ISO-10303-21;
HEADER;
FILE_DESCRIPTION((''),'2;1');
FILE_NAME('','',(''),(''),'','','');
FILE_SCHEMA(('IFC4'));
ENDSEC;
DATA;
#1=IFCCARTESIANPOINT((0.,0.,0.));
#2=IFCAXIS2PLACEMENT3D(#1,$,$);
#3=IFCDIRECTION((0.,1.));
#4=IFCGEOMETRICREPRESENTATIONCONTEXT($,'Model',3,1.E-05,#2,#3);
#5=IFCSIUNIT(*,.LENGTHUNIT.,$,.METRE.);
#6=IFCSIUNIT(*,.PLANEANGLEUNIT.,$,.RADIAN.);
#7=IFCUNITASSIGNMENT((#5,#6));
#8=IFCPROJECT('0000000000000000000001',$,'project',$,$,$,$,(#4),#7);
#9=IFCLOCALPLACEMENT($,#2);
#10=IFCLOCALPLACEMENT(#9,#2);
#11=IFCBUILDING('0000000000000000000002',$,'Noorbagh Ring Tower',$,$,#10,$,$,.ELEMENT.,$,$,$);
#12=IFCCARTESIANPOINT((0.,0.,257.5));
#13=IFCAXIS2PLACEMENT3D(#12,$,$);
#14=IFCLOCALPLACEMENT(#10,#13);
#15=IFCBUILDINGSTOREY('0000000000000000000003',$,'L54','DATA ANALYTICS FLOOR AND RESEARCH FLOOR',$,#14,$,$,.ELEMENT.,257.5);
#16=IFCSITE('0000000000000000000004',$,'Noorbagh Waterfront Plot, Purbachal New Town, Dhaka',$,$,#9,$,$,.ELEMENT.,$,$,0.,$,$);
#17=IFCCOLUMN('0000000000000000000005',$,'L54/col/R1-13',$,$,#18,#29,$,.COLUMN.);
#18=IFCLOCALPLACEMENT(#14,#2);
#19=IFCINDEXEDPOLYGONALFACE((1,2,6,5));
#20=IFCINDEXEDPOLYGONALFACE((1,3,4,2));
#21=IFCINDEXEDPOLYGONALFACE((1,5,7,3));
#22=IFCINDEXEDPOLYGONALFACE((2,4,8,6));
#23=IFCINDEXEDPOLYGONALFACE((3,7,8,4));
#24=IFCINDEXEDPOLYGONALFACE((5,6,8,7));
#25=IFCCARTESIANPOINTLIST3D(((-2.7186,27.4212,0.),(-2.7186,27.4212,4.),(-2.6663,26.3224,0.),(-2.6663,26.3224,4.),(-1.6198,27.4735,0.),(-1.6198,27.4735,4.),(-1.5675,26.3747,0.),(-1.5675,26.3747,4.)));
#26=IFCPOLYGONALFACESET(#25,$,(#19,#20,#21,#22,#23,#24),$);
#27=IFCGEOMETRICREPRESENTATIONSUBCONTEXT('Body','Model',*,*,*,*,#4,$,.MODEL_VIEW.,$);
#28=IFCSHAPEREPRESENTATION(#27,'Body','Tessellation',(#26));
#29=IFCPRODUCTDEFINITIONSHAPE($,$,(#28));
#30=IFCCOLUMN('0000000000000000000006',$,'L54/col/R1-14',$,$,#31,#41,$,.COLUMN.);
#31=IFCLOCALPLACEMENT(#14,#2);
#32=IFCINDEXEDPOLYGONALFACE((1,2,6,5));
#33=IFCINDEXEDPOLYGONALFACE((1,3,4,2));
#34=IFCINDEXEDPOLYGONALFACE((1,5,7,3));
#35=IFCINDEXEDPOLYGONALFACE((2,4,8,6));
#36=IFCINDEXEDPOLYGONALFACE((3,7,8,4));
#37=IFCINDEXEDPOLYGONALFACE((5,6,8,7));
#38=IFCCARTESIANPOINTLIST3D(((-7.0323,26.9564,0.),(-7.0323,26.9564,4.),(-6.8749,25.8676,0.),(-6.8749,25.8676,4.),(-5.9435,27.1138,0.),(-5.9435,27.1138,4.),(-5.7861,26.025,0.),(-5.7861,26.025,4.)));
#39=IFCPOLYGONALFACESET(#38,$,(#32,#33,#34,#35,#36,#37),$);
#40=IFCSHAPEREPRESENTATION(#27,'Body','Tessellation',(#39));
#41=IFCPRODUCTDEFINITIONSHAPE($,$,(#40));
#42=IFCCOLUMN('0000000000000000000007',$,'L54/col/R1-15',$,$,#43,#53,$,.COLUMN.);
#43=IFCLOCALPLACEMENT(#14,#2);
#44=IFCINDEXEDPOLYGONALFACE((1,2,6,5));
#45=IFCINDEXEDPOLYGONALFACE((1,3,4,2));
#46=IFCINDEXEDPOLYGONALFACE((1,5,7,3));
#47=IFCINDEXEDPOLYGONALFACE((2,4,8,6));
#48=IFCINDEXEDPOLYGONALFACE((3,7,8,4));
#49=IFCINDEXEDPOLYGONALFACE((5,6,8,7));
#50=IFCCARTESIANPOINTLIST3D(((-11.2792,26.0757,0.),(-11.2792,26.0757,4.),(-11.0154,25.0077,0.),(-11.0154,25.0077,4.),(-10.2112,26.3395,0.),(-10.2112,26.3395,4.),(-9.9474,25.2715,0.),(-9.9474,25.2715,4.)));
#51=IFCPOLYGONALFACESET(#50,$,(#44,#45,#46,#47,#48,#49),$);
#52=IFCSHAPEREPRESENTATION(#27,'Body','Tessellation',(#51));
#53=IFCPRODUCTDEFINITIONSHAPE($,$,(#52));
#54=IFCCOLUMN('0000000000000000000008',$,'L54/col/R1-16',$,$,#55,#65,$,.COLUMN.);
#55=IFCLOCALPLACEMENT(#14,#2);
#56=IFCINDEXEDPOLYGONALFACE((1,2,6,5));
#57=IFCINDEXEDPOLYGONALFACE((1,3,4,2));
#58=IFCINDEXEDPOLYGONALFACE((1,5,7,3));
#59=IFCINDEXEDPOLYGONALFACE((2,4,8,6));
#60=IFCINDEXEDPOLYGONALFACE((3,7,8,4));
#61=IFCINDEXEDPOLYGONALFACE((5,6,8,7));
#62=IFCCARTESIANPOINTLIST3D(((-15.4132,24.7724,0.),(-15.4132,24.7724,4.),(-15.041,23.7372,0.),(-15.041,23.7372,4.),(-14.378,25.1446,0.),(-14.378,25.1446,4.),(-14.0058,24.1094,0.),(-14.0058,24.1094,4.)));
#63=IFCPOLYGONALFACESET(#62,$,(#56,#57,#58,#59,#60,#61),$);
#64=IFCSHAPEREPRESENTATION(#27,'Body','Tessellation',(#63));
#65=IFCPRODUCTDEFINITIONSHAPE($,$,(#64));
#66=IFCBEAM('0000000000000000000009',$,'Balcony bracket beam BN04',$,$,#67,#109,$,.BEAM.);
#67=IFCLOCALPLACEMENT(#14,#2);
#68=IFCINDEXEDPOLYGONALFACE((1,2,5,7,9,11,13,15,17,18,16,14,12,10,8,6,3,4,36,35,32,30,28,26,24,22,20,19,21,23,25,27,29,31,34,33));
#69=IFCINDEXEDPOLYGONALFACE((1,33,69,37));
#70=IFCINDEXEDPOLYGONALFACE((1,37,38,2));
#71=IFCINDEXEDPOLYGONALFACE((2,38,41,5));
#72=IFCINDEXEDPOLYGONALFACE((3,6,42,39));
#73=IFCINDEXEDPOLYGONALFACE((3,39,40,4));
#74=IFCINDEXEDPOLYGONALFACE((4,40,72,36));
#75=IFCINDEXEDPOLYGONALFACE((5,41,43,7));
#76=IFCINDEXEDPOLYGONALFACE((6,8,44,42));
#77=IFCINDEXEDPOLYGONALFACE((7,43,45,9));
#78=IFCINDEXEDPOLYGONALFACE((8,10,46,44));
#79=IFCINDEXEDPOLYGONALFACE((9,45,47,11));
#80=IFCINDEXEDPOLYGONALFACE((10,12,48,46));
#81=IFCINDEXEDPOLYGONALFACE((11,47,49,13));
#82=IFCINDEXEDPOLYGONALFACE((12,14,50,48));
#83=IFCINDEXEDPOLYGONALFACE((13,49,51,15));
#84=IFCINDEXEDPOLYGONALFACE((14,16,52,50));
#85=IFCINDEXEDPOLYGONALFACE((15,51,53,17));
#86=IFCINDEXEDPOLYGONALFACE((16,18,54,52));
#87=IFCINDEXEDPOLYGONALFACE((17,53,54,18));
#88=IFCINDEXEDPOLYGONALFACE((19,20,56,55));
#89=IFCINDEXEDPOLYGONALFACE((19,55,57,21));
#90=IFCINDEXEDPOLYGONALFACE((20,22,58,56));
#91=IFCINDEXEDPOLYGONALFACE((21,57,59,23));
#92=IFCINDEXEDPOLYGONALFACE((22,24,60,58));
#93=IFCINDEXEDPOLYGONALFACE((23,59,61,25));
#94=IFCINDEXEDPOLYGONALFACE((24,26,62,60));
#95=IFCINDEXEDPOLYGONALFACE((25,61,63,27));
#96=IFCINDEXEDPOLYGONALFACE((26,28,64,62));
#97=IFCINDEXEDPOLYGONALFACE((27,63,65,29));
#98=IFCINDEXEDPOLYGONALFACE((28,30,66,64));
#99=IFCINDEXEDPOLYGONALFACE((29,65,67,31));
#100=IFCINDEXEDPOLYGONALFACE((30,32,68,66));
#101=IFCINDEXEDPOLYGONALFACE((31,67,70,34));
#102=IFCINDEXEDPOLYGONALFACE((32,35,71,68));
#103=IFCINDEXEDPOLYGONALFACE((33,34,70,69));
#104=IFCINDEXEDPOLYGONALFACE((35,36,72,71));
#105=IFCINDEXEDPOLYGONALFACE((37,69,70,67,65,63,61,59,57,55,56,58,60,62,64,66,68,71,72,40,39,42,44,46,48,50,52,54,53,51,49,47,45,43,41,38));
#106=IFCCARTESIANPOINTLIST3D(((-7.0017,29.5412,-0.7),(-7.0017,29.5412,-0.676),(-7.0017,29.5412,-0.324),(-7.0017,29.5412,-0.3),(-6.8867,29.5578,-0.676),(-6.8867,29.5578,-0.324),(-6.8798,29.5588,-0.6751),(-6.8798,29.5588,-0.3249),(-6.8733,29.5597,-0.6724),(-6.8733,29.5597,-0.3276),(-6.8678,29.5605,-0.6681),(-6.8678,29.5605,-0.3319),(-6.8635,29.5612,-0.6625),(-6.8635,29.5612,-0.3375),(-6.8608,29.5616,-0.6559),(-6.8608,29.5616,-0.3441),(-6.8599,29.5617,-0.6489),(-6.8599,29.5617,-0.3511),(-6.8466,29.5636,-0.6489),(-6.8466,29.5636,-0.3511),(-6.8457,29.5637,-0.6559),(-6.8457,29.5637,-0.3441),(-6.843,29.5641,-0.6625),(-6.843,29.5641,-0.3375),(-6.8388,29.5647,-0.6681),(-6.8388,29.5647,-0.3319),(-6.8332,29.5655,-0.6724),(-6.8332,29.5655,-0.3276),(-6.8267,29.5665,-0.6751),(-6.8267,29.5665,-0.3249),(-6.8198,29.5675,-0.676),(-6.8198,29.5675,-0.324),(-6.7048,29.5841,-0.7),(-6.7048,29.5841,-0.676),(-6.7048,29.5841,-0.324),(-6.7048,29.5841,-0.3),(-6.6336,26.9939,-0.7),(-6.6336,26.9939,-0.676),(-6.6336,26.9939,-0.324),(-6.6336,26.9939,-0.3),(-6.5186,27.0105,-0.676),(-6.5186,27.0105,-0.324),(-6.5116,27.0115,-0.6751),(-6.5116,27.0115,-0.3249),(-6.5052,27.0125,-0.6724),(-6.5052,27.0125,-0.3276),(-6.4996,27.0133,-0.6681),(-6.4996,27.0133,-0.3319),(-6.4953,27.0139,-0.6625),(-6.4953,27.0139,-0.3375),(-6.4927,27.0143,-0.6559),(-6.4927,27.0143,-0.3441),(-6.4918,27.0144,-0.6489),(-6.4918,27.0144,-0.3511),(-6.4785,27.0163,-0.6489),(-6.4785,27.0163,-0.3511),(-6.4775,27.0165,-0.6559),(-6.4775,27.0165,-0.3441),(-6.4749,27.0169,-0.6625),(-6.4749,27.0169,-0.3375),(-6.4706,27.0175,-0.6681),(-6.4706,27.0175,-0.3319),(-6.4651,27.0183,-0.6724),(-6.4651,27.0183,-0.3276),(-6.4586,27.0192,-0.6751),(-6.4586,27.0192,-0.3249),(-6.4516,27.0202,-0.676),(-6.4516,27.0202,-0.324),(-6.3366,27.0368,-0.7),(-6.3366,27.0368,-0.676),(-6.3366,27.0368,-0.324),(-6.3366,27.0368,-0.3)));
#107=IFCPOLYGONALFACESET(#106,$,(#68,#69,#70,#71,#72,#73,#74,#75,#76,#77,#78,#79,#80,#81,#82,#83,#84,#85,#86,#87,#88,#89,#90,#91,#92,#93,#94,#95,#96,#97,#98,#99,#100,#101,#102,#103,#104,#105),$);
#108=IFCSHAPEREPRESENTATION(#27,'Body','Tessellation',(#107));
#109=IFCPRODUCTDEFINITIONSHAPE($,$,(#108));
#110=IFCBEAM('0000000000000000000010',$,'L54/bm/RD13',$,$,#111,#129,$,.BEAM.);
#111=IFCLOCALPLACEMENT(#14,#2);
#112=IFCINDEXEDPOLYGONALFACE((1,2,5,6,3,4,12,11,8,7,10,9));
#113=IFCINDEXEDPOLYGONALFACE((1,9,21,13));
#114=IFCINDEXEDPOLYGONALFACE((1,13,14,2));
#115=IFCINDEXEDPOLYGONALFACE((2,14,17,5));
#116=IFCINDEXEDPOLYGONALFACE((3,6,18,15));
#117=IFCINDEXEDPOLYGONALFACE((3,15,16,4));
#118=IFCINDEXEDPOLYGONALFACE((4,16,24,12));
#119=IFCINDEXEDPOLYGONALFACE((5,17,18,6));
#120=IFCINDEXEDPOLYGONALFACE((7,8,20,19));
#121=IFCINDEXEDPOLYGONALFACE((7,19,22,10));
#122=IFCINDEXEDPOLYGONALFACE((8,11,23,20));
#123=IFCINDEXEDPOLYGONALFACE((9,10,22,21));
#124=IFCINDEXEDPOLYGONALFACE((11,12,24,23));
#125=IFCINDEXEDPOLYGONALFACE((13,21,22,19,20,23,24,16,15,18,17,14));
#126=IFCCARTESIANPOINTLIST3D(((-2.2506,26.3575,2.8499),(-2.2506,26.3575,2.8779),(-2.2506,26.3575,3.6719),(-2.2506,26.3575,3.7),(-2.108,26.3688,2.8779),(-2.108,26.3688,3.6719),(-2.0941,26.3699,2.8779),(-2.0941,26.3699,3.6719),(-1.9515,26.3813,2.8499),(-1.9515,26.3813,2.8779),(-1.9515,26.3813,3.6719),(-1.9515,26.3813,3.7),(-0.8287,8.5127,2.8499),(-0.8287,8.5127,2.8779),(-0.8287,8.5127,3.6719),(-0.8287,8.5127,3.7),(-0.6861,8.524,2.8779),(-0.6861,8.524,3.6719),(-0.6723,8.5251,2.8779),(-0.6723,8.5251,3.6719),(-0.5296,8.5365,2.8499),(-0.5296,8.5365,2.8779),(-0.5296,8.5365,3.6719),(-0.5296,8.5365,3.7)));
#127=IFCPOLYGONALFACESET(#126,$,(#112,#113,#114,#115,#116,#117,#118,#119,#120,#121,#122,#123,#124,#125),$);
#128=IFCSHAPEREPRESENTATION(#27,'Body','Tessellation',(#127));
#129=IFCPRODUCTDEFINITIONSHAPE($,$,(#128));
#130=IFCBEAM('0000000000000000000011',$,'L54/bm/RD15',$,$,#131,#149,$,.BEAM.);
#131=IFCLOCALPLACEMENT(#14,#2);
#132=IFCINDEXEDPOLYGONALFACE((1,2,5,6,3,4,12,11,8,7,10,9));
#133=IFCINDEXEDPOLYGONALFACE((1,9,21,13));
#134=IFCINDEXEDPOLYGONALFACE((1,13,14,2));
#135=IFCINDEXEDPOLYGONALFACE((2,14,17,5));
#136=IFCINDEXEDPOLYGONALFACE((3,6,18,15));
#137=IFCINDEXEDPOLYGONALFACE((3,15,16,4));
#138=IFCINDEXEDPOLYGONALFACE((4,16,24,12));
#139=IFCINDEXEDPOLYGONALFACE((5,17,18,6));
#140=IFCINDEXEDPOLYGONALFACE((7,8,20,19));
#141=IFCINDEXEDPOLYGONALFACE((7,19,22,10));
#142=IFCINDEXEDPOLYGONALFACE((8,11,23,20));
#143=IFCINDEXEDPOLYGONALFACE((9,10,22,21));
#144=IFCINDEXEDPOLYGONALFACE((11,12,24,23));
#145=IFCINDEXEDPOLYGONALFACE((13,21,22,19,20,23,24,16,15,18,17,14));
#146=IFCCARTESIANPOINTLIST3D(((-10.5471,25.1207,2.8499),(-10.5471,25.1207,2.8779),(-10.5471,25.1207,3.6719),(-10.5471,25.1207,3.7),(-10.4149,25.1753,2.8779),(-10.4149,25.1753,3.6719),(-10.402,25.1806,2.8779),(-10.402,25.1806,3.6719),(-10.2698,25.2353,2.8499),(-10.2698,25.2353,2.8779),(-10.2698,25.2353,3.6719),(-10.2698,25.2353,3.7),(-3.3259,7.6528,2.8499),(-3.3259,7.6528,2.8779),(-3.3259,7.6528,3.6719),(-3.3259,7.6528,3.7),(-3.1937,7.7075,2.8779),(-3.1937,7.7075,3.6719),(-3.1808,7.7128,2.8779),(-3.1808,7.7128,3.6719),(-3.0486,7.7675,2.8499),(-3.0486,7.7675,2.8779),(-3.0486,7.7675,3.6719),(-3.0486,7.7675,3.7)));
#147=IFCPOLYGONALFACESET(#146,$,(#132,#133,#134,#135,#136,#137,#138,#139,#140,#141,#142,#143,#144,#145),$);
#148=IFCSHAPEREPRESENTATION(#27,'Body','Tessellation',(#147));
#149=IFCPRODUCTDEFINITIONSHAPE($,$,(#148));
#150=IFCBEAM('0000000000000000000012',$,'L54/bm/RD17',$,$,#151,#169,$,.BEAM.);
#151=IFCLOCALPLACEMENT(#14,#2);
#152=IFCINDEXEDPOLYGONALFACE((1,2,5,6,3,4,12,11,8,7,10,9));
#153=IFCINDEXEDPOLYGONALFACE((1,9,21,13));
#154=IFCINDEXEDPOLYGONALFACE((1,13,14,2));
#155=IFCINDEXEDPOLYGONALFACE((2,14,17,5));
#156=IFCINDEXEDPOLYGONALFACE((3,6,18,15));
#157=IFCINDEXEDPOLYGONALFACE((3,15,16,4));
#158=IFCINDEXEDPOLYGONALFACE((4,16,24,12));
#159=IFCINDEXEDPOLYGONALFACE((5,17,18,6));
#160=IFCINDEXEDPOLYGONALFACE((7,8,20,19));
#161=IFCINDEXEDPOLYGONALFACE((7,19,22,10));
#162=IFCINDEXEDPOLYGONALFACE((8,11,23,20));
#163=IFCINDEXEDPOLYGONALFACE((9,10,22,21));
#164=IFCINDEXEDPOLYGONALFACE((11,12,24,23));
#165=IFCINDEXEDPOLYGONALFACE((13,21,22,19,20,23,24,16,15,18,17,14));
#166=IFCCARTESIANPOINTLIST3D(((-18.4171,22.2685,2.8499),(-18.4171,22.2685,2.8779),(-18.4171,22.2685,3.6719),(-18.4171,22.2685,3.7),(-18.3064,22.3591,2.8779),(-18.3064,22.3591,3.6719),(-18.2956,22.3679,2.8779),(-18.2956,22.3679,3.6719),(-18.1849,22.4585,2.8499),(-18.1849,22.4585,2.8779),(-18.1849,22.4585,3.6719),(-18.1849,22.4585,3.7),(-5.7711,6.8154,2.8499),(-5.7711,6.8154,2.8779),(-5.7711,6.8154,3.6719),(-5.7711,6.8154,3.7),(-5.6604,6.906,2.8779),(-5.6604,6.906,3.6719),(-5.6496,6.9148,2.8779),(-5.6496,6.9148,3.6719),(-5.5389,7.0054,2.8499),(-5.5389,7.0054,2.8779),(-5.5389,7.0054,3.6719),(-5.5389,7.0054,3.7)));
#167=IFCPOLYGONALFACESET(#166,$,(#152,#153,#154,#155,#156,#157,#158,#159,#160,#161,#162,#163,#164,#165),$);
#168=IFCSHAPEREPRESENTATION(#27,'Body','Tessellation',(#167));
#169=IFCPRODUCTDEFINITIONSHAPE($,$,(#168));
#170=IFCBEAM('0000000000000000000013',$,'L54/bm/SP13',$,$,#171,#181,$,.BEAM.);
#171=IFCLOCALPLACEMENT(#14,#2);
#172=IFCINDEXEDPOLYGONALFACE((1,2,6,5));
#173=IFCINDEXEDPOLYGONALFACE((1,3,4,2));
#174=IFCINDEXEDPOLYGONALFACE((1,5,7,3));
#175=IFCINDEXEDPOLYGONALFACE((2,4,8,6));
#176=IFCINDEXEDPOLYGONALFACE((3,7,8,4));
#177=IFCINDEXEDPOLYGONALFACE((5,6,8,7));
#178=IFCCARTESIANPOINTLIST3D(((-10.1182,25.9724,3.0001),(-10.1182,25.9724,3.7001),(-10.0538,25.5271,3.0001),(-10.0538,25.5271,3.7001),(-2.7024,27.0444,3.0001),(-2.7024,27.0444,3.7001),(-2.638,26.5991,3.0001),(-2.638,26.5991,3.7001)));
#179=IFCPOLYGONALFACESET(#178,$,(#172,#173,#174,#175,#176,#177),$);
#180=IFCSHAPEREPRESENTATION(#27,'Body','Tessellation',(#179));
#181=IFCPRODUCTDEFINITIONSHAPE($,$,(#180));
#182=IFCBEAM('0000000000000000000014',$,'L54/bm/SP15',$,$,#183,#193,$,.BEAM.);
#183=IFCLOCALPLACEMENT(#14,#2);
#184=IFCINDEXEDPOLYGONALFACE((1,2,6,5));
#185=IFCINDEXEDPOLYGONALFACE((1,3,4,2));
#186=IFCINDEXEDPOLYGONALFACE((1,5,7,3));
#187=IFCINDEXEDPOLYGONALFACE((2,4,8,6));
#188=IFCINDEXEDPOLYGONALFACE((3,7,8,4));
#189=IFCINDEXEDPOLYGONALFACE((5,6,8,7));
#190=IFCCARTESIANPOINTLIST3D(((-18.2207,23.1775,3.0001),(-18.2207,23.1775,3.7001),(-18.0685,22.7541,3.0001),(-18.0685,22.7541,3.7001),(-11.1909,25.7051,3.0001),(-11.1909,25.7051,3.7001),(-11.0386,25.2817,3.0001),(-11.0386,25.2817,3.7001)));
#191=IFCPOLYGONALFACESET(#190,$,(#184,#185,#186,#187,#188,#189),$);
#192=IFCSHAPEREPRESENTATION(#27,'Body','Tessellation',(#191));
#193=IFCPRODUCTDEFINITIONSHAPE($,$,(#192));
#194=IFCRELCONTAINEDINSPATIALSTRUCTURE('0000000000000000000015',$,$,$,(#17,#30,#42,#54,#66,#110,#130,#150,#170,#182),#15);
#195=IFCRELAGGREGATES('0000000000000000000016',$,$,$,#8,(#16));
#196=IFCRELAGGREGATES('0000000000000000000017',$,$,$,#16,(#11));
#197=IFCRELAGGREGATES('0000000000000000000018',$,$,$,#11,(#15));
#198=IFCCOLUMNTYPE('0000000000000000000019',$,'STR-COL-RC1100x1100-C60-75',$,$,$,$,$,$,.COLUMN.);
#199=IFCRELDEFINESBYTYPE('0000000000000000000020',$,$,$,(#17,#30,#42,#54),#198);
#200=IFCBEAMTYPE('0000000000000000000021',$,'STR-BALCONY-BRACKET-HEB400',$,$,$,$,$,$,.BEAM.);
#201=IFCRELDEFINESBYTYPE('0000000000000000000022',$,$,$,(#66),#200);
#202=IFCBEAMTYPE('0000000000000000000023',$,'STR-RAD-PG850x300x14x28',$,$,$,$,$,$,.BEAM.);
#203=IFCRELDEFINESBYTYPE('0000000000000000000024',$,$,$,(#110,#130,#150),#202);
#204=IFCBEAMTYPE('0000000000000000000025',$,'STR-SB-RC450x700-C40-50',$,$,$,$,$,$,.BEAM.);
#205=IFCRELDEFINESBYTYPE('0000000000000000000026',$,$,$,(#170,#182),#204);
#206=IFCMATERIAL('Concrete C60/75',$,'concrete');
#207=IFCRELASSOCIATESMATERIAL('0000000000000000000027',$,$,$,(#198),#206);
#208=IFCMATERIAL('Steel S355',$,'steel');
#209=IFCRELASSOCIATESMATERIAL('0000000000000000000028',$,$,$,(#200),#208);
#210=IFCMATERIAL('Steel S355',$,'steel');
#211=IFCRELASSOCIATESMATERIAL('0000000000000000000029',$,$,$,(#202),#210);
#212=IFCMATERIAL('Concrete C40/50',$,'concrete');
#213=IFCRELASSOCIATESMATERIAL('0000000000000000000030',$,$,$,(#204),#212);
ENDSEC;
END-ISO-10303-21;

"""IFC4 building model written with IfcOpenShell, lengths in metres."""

from ifc_helpers import new_model, si_unit, direction, frame, origin, origin_2d, place, context, subcontext, project, spatial, rectangle, i_section, extrude, material, material_profile, profile_set, type_object, element, save


model = new_model("IFC4")

# Units and contexts
model_context = context("Model", 3, precision=1e-05, world=origin(), true_north=direction((0.0, 1.0)))
body_context = subcontext(model_context, "Body", "Model", "MODEL_VIEW")
ifc_project = project(units=[si_unit("LENGTHUNIT", "METRE"), si_unit("PLANEANGLEUNIT", "RADIAN")], contexts=[model_context])

# Site, building, storey
site_placement = place(None, origin())
site = spatial("IfcSite", under=ifc_project, at=site_placement, Name="Noorbagh Waterfront Plot, Purbachal New Town, Dhaka", CompositionType="ELEMENT", RefElevation=0.0)
building_placement = place(site_placement, origin())
building = spatial("IfcBuilding", under=site, at=building_placement, Name="Noorbagh Ring Tower", CompositionType="ELEMENT")
storey_placement = place(building_placement, frame((0.0, 0.0, 257.5)))
storey = spatial("IfcBuildingStorey", under=building, at=storey_placement, Name="L54", Description="DATA ANALYTICS FLOOR AND RESEARCH FLOOR", CompositionType="ELEMENT", Elevation=257.5)

# Columns
ifc_material_1 = material(Name="Concrete C60/75", Category="concrete")
ifc_material_profile_1 = material_profile(ifc_material_1, rectangle(XDim=1.1001, YDim=1.1001, at=origin_2d()), Name="RC1100x1100")
ifc_profile_set_1 = profile_set([ifc_material_profile_1], Name="Concrete C60/75")
column_type = type_object("IfcColumnType", Name="STR-COL-RC1100x1100-C60-75", PredefinedType="COLUMN", material=ifc_profile_set_1)
for number, where, z_axis, x_axis, name in (
    (1, (-2.1431, 26.8979, 0.0), (0.0, 0.0, 1.0), (-0.998869, -0.047553, 0.0), "L54/col/R1-13"),
    (2, (-6.4092, 26.4907, 0.0), (0.0, 0.0, 1.0), (-0.989713, -0.143066, 0.0), "L54/col/R1-14"),
    (3, (-10.6133, 25.6736, 0.0), (0.0, 0.0, 1.0), (-0.970829, -0.239771, 0.0), "L54/col/R1-15"),
    (4, (-14.7095, 24.4409, 0.0), (0.0, 0.0, 1.0), (-0.941025, -0.338338, 0.0), "L54/col/R1-16"),
):
    element("IfcColumn", number, at=place(storey_placement, frame(where, z_axis=z_axis, x_axis=x_axis)), inside=storey, type_object=column_type, Name=name, PredefinedType="COLUMN", context=body_context, shape_type="SweptSolid", body=[
        extrude(rectangle(XDim=1.1001, YDim=1.1001, at=origin_2d()), origin(), (0.0, 0.0, 1.0), 4.0),
    ])

# Beams
ifc_material_2 = material(Name="Steel S355", Category="steel")
ifc_material_profile_2 = material_profile(ifc_material_2, i_section(OverallWidth=0.3, OverallDepth=0.3999, WebThickness=0.0134, FlangeThickness=0.0239, FilletRadius=0.0271, at=origin_2d()), Name="HEB400")
ifc_profile_set_2 = profile_set([ifc_material_profile_2], Name="Steel S355")
beam_type_1 = type_object("IfcBeamType", Name="STR-BALCONY-BRACKET-HEB400", PredefinedType="BEAM", material=ifc_profile_set_2)
beam_1_placement = place(storey_placement, frame((-6.4851, 27.0154, -0.5), z_axis=(-0.143041, 0.989717, 0.0), x_axis=(-0.989717, -0.143041, 0.0)))
element("IfcBeam", 5, at=beam_1_placement, inside=storey, type_object=beam_type_1, Name="Balcony bracket beam BN04", PredefinedType="BEAM", context=body_context, shape_type="SweptSolid", body=[
    extrude(i_section(OverallWidth=0.3, OverallDepth=0.3999, WebThickness=0.0134, FlangeThickness=0.0239, FilletRadius=0.0271, at=origin_2d()), origin(), (0.0, 0.0, 1.0), 2.5737),
])
ifc_material_3 = material(Name="Steel S355", Category="steel")
ifc_material_profile_3 = material_profile(ifc_material_3, i_section(OverallWidth=0.3, OverallDepth=0.8501, WebThickness=0.0139, FlangeThickness=0.0281, at=origin_2d()), Name="PG850x300x14x28")
ifc_profile_set_3 = profile_set([ifc_material_profile_3], Name="Steel S355")
beam_type_2 = type_object("IfcBeamType", Name="STR-RAD-PG850x300x14x28", PredefinedType="BEAM", material=ifc_profile_set_3)
beam_2_placement = place(storey_placement, frame((-2.1011, 26.3694, 3.2749), z_axis=(0.079429, -0.996841, 0.0), x_axis=(0.996841, 0.079429, 0.0)))
element("IfcBeam", 6, at=beam_2_placement, inside=storey, type_object=beam_type_2, Name="L54/bm/RD13", PredefinedType="BEAM", context=body_context, shape_type="SweptSolid", body=[
    extrude(i_section(OverallWidth=0.3, OverallDepth=0.8501, WebThickness=0.0139, FlangeThickness=0.0281, at=origin_2d()), origin(), (0.0, 0.0, 1.0), 17.9014),
])
beam_3_placement = place(storey_placement, frame((-10.4084, 25.178, 3.2749), z_axis=(0.382042, -0.924145, 0.0), x_axis=(0.924145, 0.382042, 0.0)))
element("IfcBeam", 7, at=beam_3_placement, inside=storey, type_object=beam_type_2, Name="L54/bm/RD15", PredefinedType="BEAM", context=body_context, shape_type="SweptSolid", body=[
    extrude(i_section(OverallWidth=0.3, OverallDepth=0.8501, WebThickness=0.0139, FlangeThickness=0.0281, at=origin_2d()), origin(), (0.0, 0.0, 1.0), 18.9016),
])
beam_4_placement = place(storey_placement, frame((-18.301, 22.3635, 3.2749), z_axis=(0.633314, -0.773895, 0.0), x_axis=(0.773895, 0.633314, 0.0)))
element("IfcBeam", 8, at=beam_4_placement, inside=storey, type_object=beam_type_2, Name="L54/bm/RD17", PredefinedType="BEAM", context=body_context, shape_type="SweptSolid", body=[
    extrude(i_section(OverallWidth=0.3, OverallDepth=0.8501, WebThickness=0.0139, FlangeThickness=0.0281, at=origin_2d()), origin(), (0.0, 0.0, 1.0), 19.968),
])
ifc_material_4 = material(Name="Concrete C40/50", Category="concrete")
ifc_material_profile_4 = material_profile(ifc_material_4, rectangle(XDim=0.45, YDim=0.7, at=origin_2d()), Name="RC450x700")
ifc_profile_set_4 = profile_set([ifc_material_profile_4], Name="Concrete C40/50")
beam_type_3 = type_object("IfcBeamType", Name="STR-SB-RC450x700-C40-50", PredefinedType="BEAM", material=ifc_profile_set_4)
beam_5_placement = place(storey_placement, frame((-2.6702, 26.8218, 3.3501), z_axis=(-0.989712, -0.143072, 0.0), x_axis=(0.143072, -0.989712, 0.0)))
element("IfcBeam", 9, at=beam_5_placement, inside=storey, type_object=beam_type_3, Name="L54/bm/SP13", PredefinedType="BEAM", context=body_context, shape_type="SweptSolid", body=[
    extrude(rectangle(XDim=0.45, YDim=0.7, at=origin_2d()), origin(), (0.0, 0.0, 1.0), 7.4929),
])
beam_6_placement = place(storey_placement, frame((-11.1147, 25.4934, 3.3501), z_axis=(-0.941021, -0.338348, 0.0), x_axis=(0.338348, -0.941021, 0.0)))
element("IfcBeam", 10, at=beam_6_placement, inside=storey, type_object=beam_type_3, Name="L54/bm/SP15", PredefinedType="BEAM", context=body_context, shape_type="SweptSolid", body=[
    extrude(rectangle(XDim=0.45, YDim=0.7, at=origin_2d()), origin(), (0.0, 0.0, 1.0), 7.4705),
])

save(model, "model.ifc")
